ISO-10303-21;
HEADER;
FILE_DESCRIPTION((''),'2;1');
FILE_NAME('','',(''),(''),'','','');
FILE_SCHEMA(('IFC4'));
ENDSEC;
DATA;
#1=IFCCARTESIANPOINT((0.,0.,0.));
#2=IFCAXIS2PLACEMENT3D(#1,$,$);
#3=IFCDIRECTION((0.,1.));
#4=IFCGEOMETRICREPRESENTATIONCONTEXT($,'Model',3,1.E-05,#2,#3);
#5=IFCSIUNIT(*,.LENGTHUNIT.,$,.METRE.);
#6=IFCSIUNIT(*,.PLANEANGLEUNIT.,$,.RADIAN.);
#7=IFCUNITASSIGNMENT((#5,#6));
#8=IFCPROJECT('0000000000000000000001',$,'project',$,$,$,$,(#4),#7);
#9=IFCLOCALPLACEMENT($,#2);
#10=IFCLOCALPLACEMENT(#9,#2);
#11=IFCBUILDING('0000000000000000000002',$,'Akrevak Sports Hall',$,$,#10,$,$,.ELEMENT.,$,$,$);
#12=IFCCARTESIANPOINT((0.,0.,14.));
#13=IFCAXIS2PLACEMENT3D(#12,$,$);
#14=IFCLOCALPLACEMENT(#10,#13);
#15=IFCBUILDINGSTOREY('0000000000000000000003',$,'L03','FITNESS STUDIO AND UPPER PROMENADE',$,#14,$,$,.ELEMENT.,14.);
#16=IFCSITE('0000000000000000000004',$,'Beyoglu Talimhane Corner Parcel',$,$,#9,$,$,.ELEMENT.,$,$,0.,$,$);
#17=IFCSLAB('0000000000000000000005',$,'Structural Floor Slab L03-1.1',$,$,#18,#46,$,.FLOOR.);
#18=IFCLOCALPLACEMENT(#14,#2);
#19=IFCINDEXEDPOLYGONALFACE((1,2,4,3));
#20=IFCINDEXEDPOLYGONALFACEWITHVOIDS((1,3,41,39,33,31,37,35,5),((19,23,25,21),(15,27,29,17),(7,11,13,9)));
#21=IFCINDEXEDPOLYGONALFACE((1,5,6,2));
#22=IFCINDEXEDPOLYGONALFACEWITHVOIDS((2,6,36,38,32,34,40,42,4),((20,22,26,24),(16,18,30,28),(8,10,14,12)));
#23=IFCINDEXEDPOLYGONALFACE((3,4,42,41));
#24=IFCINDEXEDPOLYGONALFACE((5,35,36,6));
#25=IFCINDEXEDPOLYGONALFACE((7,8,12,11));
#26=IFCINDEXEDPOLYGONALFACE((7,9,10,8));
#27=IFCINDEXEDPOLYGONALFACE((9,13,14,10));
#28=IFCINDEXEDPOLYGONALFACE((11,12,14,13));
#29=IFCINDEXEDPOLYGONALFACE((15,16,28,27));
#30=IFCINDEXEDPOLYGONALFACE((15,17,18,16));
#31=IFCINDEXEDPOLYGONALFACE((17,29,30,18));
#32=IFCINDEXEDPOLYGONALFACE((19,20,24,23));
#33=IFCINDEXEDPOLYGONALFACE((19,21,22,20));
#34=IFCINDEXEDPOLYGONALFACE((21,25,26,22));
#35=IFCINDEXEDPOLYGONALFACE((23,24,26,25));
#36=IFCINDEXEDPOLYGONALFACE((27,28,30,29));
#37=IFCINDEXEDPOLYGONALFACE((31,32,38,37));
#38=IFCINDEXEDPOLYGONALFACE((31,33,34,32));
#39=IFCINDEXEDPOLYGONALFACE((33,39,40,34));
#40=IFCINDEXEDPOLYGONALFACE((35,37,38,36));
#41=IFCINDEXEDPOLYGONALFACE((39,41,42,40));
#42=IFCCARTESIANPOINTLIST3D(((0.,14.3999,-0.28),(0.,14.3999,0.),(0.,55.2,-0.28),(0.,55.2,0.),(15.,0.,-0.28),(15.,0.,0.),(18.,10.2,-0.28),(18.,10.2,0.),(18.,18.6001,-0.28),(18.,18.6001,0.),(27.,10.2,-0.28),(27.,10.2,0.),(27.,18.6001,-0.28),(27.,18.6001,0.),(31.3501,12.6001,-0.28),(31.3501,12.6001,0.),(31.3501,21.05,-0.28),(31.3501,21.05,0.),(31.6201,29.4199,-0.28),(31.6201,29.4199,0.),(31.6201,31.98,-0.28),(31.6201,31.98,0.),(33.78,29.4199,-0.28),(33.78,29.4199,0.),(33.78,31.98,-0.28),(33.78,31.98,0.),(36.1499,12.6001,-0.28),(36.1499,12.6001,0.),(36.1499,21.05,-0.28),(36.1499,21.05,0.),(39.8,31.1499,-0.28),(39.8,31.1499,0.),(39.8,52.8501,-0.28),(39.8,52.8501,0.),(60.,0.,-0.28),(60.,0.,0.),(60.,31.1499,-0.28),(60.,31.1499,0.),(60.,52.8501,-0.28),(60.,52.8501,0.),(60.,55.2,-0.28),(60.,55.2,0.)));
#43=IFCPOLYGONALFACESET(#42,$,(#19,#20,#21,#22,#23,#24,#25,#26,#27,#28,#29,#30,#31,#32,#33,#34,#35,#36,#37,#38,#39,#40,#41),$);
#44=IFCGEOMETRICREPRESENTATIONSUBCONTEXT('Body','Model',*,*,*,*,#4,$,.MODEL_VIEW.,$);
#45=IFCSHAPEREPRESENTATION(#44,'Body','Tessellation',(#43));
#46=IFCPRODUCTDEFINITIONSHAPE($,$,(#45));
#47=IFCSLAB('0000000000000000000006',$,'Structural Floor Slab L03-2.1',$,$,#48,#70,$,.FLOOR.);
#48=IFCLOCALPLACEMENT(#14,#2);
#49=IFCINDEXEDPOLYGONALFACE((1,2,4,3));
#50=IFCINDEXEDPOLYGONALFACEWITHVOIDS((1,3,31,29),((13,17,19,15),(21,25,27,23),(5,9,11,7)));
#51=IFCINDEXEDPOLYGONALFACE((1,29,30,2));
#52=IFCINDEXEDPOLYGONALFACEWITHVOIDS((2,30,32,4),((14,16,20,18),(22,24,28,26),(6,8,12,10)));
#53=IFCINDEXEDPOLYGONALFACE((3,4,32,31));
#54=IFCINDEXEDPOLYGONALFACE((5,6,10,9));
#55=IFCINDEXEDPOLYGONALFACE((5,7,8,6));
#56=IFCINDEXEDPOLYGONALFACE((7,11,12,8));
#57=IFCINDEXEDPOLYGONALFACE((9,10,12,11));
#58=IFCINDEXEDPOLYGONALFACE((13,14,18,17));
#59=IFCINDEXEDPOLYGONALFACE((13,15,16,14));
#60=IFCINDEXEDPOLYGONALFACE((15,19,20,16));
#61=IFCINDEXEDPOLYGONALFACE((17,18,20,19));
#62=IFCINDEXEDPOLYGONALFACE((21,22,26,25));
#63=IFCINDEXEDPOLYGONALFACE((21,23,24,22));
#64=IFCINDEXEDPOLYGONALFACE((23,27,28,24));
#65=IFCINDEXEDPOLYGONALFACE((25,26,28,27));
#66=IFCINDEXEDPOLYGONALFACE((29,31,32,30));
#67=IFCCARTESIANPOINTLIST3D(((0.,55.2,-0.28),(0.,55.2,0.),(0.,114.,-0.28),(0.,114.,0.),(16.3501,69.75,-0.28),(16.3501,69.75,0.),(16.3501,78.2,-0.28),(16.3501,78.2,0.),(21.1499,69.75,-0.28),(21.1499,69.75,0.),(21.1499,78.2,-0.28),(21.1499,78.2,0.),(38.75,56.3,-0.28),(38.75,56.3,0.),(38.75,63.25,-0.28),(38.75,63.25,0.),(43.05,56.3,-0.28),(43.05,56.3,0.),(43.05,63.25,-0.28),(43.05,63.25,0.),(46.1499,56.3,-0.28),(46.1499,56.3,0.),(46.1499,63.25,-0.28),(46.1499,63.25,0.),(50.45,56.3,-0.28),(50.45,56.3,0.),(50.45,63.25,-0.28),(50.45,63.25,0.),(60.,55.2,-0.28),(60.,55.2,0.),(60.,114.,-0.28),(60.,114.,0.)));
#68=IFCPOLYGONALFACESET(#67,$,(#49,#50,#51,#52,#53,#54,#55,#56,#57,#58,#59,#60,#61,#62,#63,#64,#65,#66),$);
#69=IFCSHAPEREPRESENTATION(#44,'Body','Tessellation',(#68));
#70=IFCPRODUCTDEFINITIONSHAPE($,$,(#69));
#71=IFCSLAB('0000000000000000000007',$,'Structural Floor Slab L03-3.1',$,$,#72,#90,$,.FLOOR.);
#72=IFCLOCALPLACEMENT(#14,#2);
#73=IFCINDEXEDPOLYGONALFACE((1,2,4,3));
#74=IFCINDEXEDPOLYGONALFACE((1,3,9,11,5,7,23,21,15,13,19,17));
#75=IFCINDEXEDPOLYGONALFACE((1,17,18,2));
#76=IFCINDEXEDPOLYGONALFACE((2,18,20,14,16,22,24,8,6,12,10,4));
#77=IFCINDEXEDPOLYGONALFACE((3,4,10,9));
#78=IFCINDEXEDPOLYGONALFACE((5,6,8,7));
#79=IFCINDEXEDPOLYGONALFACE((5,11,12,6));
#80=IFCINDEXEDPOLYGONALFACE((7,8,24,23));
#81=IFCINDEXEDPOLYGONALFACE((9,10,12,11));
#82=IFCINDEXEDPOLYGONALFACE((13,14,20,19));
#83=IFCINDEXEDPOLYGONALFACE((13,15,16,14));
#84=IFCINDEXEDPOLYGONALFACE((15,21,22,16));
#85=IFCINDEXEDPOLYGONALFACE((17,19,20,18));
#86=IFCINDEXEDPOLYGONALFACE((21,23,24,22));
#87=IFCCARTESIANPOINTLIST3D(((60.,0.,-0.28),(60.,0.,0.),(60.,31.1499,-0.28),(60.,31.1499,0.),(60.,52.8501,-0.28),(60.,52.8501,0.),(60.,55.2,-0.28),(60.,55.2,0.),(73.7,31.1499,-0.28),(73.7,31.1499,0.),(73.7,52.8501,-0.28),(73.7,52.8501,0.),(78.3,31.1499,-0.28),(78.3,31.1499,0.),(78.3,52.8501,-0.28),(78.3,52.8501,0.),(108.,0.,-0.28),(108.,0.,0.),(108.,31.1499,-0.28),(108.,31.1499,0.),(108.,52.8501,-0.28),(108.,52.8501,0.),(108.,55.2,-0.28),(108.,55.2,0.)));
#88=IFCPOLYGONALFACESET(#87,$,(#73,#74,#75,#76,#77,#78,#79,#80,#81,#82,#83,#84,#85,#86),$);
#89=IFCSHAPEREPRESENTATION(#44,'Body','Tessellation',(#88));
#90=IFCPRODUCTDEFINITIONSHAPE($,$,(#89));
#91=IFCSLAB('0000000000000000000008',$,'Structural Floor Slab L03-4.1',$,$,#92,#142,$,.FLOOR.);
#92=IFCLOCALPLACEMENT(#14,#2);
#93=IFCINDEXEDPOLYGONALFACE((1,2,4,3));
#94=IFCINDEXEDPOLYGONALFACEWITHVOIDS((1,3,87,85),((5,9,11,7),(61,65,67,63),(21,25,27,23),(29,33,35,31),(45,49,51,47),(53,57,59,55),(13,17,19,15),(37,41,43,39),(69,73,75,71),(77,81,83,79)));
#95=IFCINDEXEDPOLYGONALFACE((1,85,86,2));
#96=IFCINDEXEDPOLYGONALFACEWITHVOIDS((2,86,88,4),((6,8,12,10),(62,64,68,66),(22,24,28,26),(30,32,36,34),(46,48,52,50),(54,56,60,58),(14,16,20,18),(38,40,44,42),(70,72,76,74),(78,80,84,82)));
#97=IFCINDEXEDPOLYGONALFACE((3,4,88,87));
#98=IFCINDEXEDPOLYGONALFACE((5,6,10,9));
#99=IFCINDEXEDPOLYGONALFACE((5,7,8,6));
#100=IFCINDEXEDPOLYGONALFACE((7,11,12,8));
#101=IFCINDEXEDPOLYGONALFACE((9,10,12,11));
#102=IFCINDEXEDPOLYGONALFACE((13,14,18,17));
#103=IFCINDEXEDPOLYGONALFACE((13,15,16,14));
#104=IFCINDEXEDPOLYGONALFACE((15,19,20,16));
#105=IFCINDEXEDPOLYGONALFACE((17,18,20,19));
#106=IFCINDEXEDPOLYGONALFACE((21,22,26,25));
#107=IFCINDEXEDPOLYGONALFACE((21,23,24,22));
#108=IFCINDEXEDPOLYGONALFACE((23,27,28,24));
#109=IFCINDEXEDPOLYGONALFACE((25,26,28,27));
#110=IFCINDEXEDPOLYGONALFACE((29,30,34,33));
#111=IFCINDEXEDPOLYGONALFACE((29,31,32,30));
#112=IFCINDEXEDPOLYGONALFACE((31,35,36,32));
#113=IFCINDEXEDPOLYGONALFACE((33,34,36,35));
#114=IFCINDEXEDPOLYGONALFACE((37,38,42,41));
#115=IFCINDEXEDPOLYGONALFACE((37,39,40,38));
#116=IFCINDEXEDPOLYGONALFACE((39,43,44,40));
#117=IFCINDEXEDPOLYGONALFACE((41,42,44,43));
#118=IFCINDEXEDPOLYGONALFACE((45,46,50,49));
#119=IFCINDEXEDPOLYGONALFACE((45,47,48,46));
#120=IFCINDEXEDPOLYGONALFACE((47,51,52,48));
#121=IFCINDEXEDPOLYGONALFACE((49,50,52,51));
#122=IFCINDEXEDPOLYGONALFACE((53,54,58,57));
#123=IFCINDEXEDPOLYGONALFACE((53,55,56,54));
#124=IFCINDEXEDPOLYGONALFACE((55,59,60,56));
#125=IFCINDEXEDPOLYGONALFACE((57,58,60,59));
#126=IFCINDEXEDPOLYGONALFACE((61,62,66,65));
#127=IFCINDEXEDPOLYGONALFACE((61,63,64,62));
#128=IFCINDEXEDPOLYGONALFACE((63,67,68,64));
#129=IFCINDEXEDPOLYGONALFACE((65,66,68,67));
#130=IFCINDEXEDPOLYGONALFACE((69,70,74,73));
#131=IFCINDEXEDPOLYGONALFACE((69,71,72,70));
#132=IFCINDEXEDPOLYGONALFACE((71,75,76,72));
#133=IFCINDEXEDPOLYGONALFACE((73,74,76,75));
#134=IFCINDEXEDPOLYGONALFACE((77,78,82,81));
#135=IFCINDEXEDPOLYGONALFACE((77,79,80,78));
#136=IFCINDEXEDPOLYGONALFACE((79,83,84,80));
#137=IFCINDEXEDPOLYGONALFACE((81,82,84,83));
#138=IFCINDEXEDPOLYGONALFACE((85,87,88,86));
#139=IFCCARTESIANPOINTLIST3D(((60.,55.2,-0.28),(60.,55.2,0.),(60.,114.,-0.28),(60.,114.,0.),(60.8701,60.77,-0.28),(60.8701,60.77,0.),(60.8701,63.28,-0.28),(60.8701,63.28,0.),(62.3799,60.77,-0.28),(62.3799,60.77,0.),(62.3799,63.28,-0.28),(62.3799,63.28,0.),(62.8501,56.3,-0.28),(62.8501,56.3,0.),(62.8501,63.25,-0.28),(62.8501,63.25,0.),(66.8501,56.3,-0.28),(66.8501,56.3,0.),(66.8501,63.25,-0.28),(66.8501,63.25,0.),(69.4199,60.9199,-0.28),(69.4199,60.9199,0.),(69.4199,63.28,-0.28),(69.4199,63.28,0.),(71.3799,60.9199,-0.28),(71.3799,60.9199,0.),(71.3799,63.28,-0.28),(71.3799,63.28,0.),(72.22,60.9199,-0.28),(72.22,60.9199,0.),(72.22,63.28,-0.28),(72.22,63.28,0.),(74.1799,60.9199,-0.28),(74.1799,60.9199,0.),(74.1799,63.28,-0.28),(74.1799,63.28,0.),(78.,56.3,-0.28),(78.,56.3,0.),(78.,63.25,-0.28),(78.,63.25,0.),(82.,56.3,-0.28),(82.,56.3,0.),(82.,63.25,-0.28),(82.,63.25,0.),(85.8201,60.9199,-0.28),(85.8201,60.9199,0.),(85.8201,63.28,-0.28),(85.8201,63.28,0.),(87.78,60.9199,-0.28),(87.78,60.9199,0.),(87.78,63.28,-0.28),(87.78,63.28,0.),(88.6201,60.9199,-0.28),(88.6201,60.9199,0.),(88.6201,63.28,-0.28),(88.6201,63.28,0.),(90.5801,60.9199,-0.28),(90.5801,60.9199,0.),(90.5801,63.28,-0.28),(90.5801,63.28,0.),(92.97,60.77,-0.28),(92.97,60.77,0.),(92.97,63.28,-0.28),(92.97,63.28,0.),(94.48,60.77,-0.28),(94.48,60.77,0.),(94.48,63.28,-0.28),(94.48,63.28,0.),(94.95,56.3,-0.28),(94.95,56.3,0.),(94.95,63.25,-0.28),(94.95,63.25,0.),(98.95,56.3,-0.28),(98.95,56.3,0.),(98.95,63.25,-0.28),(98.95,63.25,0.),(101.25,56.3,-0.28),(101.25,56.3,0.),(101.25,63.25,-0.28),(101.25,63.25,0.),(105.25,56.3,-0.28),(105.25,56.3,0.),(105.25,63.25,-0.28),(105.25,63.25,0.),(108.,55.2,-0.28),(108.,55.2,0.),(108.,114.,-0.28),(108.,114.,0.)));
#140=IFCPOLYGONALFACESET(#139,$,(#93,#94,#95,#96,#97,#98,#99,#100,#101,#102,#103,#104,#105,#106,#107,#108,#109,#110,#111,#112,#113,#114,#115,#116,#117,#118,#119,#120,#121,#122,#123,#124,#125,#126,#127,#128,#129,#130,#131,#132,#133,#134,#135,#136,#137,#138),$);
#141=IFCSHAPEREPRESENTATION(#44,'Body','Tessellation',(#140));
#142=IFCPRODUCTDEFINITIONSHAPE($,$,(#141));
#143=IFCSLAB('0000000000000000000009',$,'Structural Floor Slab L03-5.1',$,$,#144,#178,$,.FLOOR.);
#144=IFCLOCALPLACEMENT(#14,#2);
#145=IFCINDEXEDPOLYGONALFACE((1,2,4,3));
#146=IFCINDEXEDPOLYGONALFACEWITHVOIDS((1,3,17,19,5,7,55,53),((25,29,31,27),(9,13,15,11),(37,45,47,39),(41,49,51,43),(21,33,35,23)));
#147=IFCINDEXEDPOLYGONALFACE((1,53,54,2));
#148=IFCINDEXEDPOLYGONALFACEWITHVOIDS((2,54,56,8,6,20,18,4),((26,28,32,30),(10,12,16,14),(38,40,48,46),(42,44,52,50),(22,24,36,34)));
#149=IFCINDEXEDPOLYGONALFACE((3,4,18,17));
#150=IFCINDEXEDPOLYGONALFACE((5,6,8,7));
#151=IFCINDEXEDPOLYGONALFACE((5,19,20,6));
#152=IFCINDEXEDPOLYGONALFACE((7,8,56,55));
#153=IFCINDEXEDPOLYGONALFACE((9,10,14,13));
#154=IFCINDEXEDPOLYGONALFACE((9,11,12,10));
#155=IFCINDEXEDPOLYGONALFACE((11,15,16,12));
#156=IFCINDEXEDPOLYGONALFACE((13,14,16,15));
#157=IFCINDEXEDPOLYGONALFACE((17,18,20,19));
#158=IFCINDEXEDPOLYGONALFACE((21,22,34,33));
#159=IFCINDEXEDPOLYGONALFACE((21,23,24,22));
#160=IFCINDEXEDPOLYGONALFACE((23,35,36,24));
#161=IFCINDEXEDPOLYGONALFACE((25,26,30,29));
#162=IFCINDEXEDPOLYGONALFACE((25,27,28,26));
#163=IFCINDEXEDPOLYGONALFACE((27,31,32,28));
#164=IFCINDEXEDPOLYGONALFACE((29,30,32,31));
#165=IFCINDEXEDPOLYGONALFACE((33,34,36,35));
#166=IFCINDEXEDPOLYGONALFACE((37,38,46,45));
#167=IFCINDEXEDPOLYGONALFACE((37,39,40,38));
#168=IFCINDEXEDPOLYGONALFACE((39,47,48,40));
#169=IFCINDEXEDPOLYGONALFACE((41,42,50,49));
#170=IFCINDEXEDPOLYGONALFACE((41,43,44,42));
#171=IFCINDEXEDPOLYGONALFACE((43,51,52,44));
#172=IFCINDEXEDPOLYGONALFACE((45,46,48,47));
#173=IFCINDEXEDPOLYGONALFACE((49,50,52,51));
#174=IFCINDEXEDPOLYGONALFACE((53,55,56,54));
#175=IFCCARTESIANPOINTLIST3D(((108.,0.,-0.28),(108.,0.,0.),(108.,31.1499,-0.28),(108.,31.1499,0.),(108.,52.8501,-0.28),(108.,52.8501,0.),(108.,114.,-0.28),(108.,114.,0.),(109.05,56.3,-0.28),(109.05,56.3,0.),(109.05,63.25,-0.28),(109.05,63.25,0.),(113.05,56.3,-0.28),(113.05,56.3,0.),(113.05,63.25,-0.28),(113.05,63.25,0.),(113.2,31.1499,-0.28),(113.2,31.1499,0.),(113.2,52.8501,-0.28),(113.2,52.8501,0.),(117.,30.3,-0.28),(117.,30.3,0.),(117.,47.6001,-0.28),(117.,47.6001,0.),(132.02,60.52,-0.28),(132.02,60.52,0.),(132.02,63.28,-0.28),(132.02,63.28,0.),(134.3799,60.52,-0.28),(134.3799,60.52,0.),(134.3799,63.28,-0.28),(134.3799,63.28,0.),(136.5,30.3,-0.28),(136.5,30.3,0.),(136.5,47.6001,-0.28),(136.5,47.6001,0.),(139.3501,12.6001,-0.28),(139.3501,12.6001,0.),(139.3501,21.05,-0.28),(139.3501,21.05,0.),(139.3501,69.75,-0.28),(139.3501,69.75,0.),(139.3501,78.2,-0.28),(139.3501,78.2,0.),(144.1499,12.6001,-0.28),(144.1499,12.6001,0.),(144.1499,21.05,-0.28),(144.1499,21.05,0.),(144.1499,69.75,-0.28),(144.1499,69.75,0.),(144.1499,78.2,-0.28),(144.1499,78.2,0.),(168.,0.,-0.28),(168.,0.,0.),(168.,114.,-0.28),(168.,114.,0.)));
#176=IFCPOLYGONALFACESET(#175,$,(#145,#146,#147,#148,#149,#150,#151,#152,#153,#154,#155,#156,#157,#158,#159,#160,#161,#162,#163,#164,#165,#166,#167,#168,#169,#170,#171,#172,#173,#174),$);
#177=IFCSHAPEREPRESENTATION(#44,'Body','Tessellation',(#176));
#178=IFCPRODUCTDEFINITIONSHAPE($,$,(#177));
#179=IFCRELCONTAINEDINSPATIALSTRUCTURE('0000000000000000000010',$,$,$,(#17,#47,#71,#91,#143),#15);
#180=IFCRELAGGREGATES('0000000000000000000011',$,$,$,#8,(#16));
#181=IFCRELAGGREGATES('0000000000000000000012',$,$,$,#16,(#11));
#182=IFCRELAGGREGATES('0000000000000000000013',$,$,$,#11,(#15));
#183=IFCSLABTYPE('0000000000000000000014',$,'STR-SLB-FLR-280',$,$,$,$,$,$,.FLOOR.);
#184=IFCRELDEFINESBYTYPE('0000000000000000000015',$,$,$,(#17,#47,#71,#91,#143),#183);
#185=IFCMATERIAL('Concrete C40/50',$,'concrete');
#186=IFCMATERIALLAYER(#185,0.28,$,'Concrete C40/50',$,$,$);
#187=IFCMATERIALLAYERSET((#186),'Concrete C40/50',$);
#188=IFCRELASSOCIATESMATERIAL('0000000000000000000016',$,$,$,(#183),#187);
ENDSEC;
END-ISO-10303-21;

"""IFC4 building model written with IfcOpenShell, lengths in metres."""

from ifc_helpers import new_model, si_unit, direction, frame, origin, place, context, subcontext, project, spatial, polyline, outline, extrude, material, layer, layer_set, type_object, element, save


model = new_model("IFC4")

# Units and contexts
model_context = context("Model", 3, precision=1e-05, world=origin(), true_north=direction((0.0, 1.0)))
body_context = subcontext(model_context, "Body", "Model", "MODEL_VIEW")
ifc_project = project(units=[si_unit("LENGTHUNIT", "METRE"), si_unit("PLANEANGLEUNIT", "RADIAN")], contexts=[model_context])

# Site, building, storey
site_placement = place(None, origin())
site = spatial("IfcSite", under=ifc_project, at=site_placement, Name="Beyoglu Talimhane Corner Parcel", CompositionType="ELEMENT", RefElevation=0.0)
building_placement = place(site_placement, origin())
building = spatial("IfcBuilding", under=site, at=building_placement, Name="Akrevak Sports Hall", CompositionType="ELEMENT")
storey_placement = place(building_placement, frame((0.0, 0.0, 14.0)))
storey = spatial("IfcBuildingStorey", under=building, at=storey_placement, Name="L03", Description="FITNESS STUDIO AND UPPER PROMENADE", CompositionType="ELEMENT", Elevation=14.0)

# Slabs
ifc_material = material(Name="Concrete C40/50", Category="concrete")
ifc_layer_1 = layer(ifc_material, 0.28, Name="Concrete C40/50")
ifc_layer_set_1 = layer_set([ifc_layer_1], Name="Concrete C40/50")
slab_type_1 = type_object("IfcSlabType", Name="STR-SLB-FLR-280", PredefinedType="FLOOR", material=ifc_layer_set_1)
slab_1_placement = place(storey_placement, frame((0.0, 0.0, -0.28)))
element("IfcSlab", 1, at=slab_1_placement, inside=storey, type_object=slab_type_1, Name="Structural Floor Slab L03-1.1", PredefinedType="FLOOR", context=body_context, shape_type="SweptSolid", body=[
    extrude(outline(polyline([(0.0, 14.3999), (15.0, 0.0), (60.0, 0.0), (60.0, 31.1499), (39.8, 31.1499), (39.8, 52.8501), (60.0, 52.8501), (60.0, 55.2), (0.0, 55.2), (0.0, 14.3999)]), holes=[polyline([(27.0, 18.6001), (27.0, 10.2), (18.0, 10.2), (18.0, 18.6001), (27.0, 18.6001)]), polyline([(36.1499, 21.05), (36.1499, 12.6001), (31.3501, 12.6001), (31.3501, 21.05), (36.1499, 21.05)]), polyline([(33.78, 31.98), (33.78, 29.4199), (31.6201, 29.4199), (31.6201, 31.98), (33.78, 31.98)])]), origin(), (0.0, 0.0, 1.0), 0.28),
])
slab_2_placement = place(storey_placement, frame((0.0, 0.0, -0.28)))
element("IfcSlab", 2, at=slab_2_placement, inside=storey, type_object=slab_type_1, Name="Structural Floor Slab L03-2.1", PredefinedType="FLOOR", context=body_context, shape_type="SweptSolid", body=[
    extrude(outline(polyline([(0.0, 55.2), (60.0, 55.2), (60.0, 114.0), (0.0, 114.0), (0.0, 55.2)]), holes=[polyline([(43.05, 56.3), (38.75, 56.3), (38.75, 63.25), (43.05, 63.25), (43.05, 56.3)]), polyline([(50.45, 63.25), (50.45, 56.3), (46.1499, 56.3), (46.1499, 63.25), (50.45, 63.25)]), polyline([(21.1499, 78.2), (21.1499, 69.75), (16.3501, 69.75), (16.3501, 78.2), (21.1499, 78.2)])]), origin(), (0.0, 0.0, 1.0), 0.28),
])
slab_3_placement = place(storey_placement, frame((0.0, 0.0, -0.28)))
element("IfcSlab", 3, at=slab_3_placement, inside=storey, type_object=slab_type_1, Name="Structural Floor Slab L03-3.1", PredefinedType="FLOOR", context=body_context, shape_type="SweptSolid", body=[
    extrude(outline(polyline([(108.0, 0.0), (108.0, 31.1499), (78.3, 31.1499), (78.3, 52.8501), (108.0, 52.8501), (108.0, 55.2), (60.0, 55.2), (60.0, 52.8501), (73.7, 52.8501), (73.7, 31.1499), (60.0, 31.1499), (60.0, 0.0), (108.0, 0.0)])), origin(), (0.0, 0.0, 1.0), 0.28),
])
slab_4_placement = place(storey_placement, frame((0.0, 0.0, -0.28)))
element("IfcSlab", 4, at=slab_4_placement, inside=storey, type_object=slab_type_1, Name="Structural Floor Slab L03-4.1", PredefinedType="FLOOR", context=body_context, shape_type="SweptSolid", body=[
    extrude(outline(polyline([(60.0, 114.0), (60.0, 55.2), (108.0, 55.2), (108.0, 114.0), (60.0, 114.0)]), holes=[polyline([(66.8501, 56.3), (62.8501, 56.3), (62.8501, 63.25), (66.8501, 63.25), (66.8501, 56.3)]), polyline([(82.0, 56.3), (78.0, 56.3), (78.0, 63.25), (82.0, 63.25), (82.0, 56.3)]), polyline([(62.3799, 63.28), (62.3799, 60.77), (60.8701, 60.77), (60.8701, 63.28), (62.3799, 63.28)]), polyline([(71.3799, 60.9199), (69.4199, 60.9199), (69.4199, 63.28), (71.3799, 63.28), (71.3799, 60.9199)]), polyline([(74.1799, 60.9199), (72.22, 60.9199), (72.22, 63.28), (74.1799, 63.28), (74.1799, 60.9199)]), polyline([(98.95, 56.3), (94.95, 56.3), (94.95, 63.25), (98.95, 63.25), (98.95, 56.3)]), polyline([(105.25, 56.3), (101.25, 56.3), (101.25, 63.25), (105.25, 63.25), (105.25, 56.3)]), polyline([(94.48, 60.77), (92.97, 60.77), (92.97, 63.28), (94.48, 63.28), (94.48, 60.77)]), polyline([(87.78, 63.28), (87.78, 60.9199), (85.8201, 60.9199), (85.8201, 63.28), (87.78, 63.28)]), polyline([(90.5801, 60.9199), (88.6201, 60.9199), (88.6201, 63.28), (90.5801, 63.28), (90.5801, 60.9199)])]), origin(), (0.0, 0.0, 1.0), 0.28),
])
slab_5_placement = place(storey_placement, frame((0.0, 0.0, -0.28)))
element("IfcSlab", 5, at=slab_5_placement, inside=storey, type_object=slab_type_1, Name="Structural Floor Slab L03-5.1", PredefinedType="FLOOR", context=body_context, shape_type="SweptSolid", body=[
    extrude(outline(polyline([(108.0, 114.0), (108.0, 52.8501), (113.2, 52.8501), (113.2, 31.1499), (108.0, 31.1499), (108.0, 0.0), (168.0, 0.0), (168.0, 114.0), (108.0, 114.0)]), holes=[polyline([(144.1499, 12.6001), (139.3501, 12.6001), (139.3501, 21.05), (144.1499, 21.05), (144.1499, 12.6001)]), polyline([(136.5, 30.3), (117.0, 30.3), (117.0, 47.6001), (136.5, 47.6001), (136.5, 30.3)]), polyline([(113.05, 63.25), (113.05, 56.3), (109.05, 56.3), (109.05, 63.25), (113.05, 63.25)]), polyline([(134.3799, 60.52), (132.02, 60.52), (132.02, 63.28), (134.3799, 63.28), (134.3799, 60.52)]), polyline([(144.1499, 69.75), (139.3501, 69.75), (139.3501, 78.2), (144.1499, 78.2), (144.1499, 69.75)])]), origin(), (0.0, 0.0, 1.0), 0.28),
])

save(model, "model.ifc")
